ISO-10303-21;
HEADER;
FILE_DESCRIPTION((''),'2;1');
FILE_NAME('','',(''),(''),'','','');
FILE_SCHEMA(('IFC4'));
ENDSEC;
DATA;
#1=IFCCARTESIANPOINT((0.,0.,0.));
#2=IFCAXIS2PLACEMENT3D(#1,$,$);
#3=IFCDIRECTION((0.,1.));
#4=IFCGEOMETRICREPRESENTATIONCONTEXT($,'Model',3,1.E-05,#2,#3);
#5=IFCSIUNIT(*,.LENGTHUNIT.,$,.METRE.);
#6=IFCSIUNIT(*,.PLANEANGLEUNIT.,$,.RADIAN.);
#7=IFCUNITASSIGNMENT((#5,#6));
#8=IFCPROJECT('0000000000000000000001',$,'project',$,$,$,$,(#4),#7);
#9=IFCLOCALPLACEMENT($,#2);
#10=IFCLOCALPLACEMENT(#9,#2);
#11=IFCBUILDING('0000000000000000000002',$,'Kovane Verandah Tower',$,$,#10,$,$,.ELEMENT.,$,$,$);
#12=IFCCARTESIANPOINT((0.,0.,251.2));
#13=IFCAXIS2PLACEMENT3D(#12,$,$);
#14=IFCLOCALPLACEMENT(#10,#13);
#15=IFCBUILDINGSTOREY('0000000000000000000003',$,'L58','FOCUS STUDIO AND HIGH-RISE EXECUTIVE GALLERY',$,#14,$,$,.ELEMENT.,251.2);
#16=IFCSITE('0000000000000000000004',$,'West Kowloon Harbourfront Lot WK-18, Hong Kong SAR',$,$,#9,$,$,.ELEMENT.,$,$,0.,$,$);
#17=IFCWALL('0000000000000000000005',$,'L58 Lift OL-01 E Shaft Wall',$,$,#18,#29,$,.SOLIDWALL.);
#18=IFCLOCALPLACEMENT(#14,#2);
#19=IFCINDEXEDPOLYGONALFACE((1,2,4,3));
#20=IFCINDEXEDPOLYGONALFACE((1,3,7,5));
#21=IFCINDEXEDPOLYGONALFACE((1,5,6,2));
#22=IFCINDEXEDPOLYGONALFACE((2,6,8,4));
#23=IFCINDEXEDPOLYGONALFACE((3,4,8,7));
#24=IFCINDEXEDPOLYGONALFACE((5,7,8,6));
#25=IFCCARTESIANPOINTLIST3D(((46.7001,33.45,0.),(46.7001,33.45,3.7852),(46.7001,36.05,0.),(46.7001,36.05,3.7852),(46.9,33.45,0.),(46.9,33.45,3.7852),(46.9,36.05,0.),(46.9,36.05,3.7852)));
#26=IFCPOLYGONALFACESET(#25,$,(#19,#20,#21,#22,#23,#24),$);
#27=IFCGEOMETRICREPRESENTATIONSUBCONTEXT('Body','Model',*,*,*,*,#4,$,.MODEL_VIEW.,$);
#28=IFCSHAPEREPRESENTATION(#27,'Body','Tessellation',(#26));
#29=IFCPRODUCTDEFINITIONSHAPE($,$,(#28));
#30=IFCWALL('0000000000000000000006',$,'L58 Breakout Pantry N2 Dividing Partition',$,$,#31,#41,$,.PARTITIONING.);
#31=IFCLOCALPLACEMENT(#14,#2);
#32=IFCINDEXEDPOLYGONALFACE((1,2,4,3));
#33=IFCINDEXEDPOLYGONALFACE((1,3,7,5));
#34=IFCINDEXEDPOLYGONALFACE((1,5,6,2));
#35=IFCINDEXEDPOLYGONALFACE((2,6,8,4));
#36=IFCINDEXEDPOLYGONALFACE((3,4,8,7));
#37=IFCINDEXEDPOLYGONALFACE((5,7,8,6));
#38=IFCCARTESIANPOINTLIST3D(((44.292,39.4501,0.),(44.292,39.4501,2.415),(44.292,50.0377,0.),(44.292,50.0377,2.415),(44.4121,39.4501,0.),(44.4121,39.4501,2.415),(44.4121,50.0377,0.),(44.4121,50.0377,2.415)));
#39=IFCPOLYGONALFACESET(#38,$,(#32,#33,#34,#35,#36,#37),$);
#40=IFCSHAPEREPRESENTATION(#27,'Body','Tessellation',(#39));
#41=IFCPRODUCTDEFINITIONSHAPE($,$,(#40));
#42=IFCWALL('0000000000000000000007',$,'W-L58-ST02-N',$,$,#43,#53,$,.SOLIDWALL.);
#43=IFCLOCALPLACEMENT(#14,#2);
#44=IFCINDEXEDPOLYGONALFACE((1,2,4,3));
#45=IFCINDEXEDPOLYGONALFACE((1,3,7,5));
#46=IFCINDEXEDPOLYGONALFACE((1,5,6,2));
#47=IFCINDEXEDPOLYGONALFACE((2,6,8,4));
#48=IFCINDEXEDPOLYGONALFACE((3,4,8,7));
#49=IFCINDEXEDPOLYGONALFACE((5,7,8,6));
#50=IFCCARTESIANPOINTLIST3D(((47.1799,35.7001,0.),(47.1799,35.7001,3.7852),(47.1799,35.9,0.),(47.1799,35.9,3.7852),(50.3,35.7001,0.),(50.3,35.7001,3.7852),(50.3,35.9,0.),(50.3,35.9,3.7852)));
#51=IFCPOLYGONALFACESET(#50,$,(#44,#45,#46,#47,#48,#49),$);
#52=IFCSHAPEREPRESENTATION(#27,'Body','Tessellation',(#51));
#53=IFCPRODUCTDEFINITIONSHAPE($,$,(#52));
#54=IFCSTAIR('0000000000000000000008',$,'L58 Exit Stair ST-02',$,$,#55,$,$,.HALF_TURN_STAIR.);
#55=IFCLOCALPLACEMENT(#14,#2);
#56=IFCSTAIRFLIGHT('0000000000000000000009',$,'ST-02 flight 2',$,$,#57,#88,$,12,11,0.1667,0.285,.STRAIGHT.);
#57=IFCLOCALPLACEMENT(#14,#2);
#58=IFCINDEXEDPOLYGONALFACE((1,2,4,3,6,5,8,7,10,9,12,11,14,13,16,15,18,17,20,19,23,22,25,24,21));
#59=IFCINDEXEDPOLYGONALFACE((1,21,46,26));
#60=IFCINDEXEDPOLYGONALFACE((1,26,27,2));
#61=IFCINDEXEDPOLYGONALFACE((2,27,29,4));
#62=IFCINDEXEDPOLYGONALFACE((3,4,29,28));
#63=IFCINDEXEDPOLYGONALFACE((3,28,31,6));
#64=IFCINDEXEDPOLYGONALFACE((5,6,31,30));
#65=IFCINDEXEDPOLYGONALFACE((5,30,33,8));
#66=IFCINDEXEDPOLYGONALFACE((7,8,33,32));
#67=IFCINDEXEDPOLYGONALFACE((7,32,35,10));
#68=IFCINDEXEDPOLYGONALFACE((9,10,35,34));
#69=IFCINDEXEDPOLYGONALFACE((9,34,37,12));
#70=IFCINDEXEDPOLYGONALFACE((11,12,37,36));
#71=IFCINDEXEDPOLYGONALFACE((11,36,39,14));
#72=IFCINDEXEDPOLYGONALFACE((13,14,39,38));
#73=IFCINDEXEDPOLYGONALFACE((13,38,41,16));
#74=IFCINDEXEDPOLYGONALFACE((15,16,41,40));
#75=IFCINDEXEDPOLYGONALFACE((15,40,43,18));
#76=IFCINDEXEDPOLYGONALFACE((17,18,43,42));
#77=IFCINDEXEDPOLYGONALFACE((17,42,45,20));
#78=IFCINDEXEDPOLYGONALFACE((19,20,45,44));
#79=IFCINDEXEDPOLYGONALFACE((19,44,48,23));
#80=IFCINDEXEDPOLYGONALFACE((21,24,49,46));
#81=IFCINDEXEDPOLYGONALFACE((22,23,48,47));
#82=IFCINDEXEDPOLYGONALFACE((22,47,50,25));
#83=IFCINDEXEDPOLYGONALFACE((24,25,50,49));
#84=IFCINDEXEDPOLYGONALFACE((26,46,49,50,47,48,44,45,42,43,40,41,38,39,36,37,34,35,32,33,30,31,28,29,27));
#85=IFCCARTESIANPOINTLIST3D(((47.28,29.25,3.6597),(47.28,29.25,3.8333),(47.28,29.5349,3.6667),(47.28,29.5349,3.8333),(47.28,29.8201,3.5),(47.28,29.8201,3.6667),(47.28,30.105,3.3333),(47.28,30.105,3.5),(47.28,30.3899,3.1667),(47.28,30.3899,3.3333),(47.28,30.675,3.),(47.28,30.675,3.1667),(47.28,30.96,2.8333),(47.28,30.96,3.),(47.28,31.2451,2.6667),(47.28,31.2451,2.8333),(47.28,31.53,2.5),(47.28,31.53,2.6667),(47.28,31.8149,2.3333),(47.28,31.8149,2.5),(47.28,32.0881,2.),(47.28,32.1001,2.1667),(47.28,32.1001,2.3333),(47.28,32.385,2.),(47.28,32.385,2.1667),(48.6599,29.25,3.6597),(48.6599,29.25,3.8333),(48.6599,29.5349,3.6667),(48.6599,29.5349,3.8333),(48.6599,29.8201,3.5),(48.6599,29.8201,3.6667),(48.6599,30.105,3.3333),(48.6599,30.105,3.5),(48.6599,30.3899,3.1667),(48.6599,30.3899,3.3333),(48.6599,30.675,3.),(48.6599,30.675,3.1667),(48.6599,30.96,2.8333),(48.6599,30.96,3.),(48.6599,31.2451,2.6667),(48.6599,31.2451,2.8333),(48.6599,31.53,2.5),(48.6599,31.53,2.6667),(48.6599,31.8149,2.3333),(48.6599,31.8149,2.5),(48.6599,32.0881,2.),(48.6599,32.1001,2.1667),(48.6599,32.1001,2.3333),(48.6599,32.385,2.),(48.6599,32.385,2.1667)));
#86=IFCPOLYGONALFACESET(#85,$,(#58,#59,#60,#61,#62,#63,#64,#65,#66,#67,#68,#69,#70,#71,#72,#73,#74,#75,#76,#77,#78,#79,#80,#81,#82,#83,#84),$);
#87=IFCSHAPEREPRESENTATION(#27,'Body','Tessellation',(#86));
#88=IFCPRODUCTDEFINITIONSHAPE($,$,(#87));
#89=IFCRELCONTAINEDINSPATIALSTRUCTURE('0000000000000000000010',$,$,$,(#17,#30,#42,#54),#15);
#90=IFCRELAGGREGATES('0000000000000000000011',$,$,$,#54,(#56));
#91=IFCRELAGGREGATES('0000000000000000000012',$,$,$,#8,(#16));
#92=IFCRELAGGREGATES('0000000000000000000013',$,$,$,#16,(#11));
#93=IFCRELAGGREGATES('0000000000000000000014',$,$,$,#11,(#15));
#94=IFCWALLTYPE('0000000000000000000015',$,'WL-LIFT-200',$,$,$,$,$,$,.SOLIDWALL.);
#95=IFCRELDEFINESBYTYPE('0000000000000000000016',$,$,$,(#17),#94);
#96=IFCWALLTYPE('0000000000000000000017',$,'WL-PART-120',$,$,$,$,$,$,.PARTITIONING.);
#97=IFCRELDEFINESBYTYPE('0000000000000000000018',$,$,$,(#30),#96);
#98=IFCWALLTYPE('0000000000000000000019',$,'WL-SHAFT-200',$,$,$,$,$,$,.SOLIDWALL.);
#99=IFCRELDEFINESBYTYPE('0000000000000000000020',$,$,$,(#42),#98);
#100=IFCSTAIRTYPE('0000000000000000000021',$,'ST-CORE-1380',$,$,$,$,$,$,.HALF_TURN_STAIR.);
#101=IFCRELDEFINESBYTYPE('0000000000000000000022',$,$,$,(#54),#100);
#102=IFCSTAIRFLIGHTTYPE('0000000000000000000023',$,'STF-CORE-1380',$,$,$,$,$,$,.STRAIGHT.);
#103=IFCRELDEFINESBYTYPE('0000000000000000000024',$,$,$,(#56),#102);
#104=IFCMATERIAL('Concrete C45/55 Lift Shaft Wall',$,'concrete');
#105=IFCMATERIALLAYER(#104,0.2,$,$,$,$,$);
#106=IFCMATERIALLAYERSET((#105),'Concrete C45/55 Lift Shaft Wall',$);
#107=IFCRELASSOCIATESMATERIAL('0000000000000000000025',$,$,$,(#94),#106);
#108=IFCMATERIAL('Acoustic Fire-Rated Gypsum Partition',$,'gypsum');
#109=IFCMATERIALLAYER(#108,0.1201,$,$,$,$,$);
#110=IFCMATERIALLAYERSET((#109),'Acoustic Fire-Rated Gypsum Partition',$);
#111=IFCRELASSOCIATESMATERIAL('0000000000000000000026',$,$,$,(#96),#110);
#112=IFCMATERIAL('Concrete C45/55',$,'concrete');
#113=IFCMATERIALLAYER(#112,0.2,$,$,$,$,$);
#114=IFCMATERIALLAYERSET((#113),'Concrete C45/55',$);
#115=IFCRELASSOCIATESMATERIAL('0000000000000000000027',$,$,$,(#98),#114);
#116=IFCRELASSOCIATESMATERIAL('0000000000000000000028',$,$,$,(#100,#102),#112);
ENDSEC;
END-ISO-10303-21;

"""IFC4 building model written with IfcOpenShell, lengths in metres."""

from ifc_helpers import new_model, si_unit, direction, frame, frame_2d, origin, place, context, subcontext, project, spatial, polyline, rectangle, outline, extrude, material, layer, layer_set, type_object, element, aggregate, save


model = new_model("IFC4")

# Units and contexts
model_context = context("Model", 3, precision=1e-05, world=origin(), true_north=direction((0.0, 1.0)))
body_context = subcontext(model_context, "Body", "Model", "MODEL_VIEW")
ifc_project = project(units=[si_unit("LENGTHUNIT", "METRE"), si_unit("PLANEANGLEUNIT", "RADIAN")], contexts=[model_context])

# Site, building, storey
site_placement = place(None, origin())
site = spatial("IfcSite", under=ifc_project, at=site_placement, Name="West Kowloon Harbourfront Lot WK-18, Hong Kong SAR", CompositionType="ELEMENT", RefElevation=0.0)
building_placement = place(site_placement, origin())
building = spatial("IfcBuilding", under=site, at=building_placement, Name="Kovane Verandah Tower", CompositionType="ELEMENT")
storey_placement = place(building_placement, frame((0.0, 0.0, 251.2)))
storey = spatial("IfcBuildingStorey", under=building, at=storey_placement, Name="L58", Description="FOCUS STUDIO AND HIGH-RISE EXECUTIVE GALLERY", CompositionType="ELEMENT", Elevation=251.2)

# Walls
ifc_material_1 = material(Name="Concrete C45/55 Lift Shaft Wall", Category="concrete")
ifc_layer_1 = layer(ifc_material_1, 0.2)
ifc_layer_set_1 = layer_set([ifc_layer_1], Name="Concrete C45/55 Lift Shaft Wall")
wall_type_1 = type_object("IfcWallType", Name="WL-LIFT-200", PredefinedType="SOLIDWALL", material=ifc_layer_set_1)
wall_1_placement = place(storey_placement, frame((46.8, 33.45, 0.0), z_axis=(0.0, 0.0, 1.0), x_axis=(0.0, 1.0, 0.0)))
element("IfcWall", 1, at=wall_1_placement, inside=storey, type_object=wall_type_1, Name="L58 Lift OL-01 E Shaft Wall", PredefinedType="SOLIDWALL", context=body_context, shape_type="SweptSolid", body=[
    extrude(rectangle(XDim=2.6001, YDim=0.2, at=frame_2d((1.3, 0.0))), origin(), (0.0, 0.0, 1.0), 3.7852),
])
ifc_material_2 = material(Name="Acoustic Fire-Rated Gypsum Partition", Category="gypsum")
ifc_layer_2 = layer(ifc_material_2, 0.1201)
ifc_layer_set_2 = layer_set([ifc_layer_2], Name="Acoustic Fire-Rated Gypsum Partition")
wall_type_2 = type_object("IfcWallType", Name="WL-PART-120", PredefinedType="PARTITIONING", material=ifc_layer_set_2)
wall_2_placement = place(storey_placement, frame((44.3521, 39.45, 0.0), z_axis=(0.0, 0.0, 1.0), x_axis=(0.0, 1.0, 0.0)))
element("IfcWall", 2, at=wall_2_placement, inside=storey, type_object=wall_type_2, Name="L58 Breakout Pantry N2 Dividing Partition", PredefinedType="PARTITIONING", context=body_context, shape_type="SweptSolid", body=[
    extrude(rectangle(XDim=10.5876, YDim=0.1201, at=frame_2d((5.2939, 0.0))), origin(), (0.0, 0.0, 1.0), 2.415),
])
ifc_material_3 = material(Name="Concrete C45/55", Category="concrete")
ifc_layer_3 = layer(ifc_material_3, 0.2)
ifc_layer_set_3 = layer_set([ifc_layer_3], Name="Concrete C45/55")
wall_type_3 = type_object("IfcWallType", Name="WL-SHAFT-200", PredefinedType="SOLIDWALL", material=ifc_layer_set_3)
wall_3_placement = place(storey_placement, frame((47.1799, 35.8, 0.0), z_axis=(0.0, 0.0, 1.0), x_axis=(1.0, 0.0, 0.0)))
element("IfcWall", 3, at=wall_3_placement, inside=storey, type_object=wall_type_3, Name="W-L58-ST02-N", PredefinedType="SOLIDWALL", context=body_context, shape_type="SweptSolid", body=[
    extrude(rectangle(XDim=3.1201, YDim=0.2, at=frame_2d((1.5601, 0.0))), origin(), (0.0, 0.0, 1.0), 3.7852),
])

# Stair, stair flight
stair_type = type_object("IfcStairType", Name="ST-CORE-1380", PredefinedType="HALF_TURN_STAIR", material=ifc_material_3)
stair_placement = place(storey_placement, origin())
stair = element("IfcStair", 4, at=stair_placement, inside=storey, type_object=stair_type, Name="L58 Exit Stair ST-02", PredefinedType="HALF_TURN_STAIR")
stair_flight_type = type_object("IfcStairFlightType", Name="STF-CORE-1380", PredefinedType="STRAIGHT", material=ifc_material_3)
stair_flight_placement = place(storey_placement, frame((47.97, 32.385, 2.0), z_axis=(0.0, 0.0, 1.0), x_axis=(0.0, -1.0, 0.0)))
stair_flight = element("IfcStairFlight", 5, at=stair_flight_placement, type_object=stair_flight_type, Name="ST-02 flight 2", NumberOfRisers=12, NumberOfTreads=11, PredefinedType="STRAIGHT", RiserHeight=0.1667, TreadLength=0.285, context=body_context, shape_type="SweptSolid", body=[
    extrude(outline(polyline([(0.0, 0.0), (0.0, 0.1667), (0.2849, 0.1667), (0.2849, 0.3333), (0.5701, 0.3333), (0.5701, 0.5), (0.855, 0.5), (0.855, 0.6667), (1.1399, 0.6667), (1.1399, 0.8333), (1.425, 0.8333), (1.425, 1.0), (1.71, 1.0), (1.71, 1.1667), (1.9951, 1.1667), (1.9951, 1.3333), (2.28, 1.3333), (2.28, 1.5), (2.5649, 1.5), (2.5649, 1.6667), (2.8501, 1.6667), (2.8501, 1.8333), (3.135, 1.8333), (3.135, 2.0), (3.135, 1.6597), (0.2969, 0.0), (0.0, 0.0)])), frame((0.0, 0.6899, 0.0), z_axis=(0.0, -1.0, 0.0), x_axis=(1.0, 0.0, 0.0)), (0.0, 0.0, 1.0), 1.3799),
])
aggregate(stair, [stair_flight])

save(model, "model.ifc")
